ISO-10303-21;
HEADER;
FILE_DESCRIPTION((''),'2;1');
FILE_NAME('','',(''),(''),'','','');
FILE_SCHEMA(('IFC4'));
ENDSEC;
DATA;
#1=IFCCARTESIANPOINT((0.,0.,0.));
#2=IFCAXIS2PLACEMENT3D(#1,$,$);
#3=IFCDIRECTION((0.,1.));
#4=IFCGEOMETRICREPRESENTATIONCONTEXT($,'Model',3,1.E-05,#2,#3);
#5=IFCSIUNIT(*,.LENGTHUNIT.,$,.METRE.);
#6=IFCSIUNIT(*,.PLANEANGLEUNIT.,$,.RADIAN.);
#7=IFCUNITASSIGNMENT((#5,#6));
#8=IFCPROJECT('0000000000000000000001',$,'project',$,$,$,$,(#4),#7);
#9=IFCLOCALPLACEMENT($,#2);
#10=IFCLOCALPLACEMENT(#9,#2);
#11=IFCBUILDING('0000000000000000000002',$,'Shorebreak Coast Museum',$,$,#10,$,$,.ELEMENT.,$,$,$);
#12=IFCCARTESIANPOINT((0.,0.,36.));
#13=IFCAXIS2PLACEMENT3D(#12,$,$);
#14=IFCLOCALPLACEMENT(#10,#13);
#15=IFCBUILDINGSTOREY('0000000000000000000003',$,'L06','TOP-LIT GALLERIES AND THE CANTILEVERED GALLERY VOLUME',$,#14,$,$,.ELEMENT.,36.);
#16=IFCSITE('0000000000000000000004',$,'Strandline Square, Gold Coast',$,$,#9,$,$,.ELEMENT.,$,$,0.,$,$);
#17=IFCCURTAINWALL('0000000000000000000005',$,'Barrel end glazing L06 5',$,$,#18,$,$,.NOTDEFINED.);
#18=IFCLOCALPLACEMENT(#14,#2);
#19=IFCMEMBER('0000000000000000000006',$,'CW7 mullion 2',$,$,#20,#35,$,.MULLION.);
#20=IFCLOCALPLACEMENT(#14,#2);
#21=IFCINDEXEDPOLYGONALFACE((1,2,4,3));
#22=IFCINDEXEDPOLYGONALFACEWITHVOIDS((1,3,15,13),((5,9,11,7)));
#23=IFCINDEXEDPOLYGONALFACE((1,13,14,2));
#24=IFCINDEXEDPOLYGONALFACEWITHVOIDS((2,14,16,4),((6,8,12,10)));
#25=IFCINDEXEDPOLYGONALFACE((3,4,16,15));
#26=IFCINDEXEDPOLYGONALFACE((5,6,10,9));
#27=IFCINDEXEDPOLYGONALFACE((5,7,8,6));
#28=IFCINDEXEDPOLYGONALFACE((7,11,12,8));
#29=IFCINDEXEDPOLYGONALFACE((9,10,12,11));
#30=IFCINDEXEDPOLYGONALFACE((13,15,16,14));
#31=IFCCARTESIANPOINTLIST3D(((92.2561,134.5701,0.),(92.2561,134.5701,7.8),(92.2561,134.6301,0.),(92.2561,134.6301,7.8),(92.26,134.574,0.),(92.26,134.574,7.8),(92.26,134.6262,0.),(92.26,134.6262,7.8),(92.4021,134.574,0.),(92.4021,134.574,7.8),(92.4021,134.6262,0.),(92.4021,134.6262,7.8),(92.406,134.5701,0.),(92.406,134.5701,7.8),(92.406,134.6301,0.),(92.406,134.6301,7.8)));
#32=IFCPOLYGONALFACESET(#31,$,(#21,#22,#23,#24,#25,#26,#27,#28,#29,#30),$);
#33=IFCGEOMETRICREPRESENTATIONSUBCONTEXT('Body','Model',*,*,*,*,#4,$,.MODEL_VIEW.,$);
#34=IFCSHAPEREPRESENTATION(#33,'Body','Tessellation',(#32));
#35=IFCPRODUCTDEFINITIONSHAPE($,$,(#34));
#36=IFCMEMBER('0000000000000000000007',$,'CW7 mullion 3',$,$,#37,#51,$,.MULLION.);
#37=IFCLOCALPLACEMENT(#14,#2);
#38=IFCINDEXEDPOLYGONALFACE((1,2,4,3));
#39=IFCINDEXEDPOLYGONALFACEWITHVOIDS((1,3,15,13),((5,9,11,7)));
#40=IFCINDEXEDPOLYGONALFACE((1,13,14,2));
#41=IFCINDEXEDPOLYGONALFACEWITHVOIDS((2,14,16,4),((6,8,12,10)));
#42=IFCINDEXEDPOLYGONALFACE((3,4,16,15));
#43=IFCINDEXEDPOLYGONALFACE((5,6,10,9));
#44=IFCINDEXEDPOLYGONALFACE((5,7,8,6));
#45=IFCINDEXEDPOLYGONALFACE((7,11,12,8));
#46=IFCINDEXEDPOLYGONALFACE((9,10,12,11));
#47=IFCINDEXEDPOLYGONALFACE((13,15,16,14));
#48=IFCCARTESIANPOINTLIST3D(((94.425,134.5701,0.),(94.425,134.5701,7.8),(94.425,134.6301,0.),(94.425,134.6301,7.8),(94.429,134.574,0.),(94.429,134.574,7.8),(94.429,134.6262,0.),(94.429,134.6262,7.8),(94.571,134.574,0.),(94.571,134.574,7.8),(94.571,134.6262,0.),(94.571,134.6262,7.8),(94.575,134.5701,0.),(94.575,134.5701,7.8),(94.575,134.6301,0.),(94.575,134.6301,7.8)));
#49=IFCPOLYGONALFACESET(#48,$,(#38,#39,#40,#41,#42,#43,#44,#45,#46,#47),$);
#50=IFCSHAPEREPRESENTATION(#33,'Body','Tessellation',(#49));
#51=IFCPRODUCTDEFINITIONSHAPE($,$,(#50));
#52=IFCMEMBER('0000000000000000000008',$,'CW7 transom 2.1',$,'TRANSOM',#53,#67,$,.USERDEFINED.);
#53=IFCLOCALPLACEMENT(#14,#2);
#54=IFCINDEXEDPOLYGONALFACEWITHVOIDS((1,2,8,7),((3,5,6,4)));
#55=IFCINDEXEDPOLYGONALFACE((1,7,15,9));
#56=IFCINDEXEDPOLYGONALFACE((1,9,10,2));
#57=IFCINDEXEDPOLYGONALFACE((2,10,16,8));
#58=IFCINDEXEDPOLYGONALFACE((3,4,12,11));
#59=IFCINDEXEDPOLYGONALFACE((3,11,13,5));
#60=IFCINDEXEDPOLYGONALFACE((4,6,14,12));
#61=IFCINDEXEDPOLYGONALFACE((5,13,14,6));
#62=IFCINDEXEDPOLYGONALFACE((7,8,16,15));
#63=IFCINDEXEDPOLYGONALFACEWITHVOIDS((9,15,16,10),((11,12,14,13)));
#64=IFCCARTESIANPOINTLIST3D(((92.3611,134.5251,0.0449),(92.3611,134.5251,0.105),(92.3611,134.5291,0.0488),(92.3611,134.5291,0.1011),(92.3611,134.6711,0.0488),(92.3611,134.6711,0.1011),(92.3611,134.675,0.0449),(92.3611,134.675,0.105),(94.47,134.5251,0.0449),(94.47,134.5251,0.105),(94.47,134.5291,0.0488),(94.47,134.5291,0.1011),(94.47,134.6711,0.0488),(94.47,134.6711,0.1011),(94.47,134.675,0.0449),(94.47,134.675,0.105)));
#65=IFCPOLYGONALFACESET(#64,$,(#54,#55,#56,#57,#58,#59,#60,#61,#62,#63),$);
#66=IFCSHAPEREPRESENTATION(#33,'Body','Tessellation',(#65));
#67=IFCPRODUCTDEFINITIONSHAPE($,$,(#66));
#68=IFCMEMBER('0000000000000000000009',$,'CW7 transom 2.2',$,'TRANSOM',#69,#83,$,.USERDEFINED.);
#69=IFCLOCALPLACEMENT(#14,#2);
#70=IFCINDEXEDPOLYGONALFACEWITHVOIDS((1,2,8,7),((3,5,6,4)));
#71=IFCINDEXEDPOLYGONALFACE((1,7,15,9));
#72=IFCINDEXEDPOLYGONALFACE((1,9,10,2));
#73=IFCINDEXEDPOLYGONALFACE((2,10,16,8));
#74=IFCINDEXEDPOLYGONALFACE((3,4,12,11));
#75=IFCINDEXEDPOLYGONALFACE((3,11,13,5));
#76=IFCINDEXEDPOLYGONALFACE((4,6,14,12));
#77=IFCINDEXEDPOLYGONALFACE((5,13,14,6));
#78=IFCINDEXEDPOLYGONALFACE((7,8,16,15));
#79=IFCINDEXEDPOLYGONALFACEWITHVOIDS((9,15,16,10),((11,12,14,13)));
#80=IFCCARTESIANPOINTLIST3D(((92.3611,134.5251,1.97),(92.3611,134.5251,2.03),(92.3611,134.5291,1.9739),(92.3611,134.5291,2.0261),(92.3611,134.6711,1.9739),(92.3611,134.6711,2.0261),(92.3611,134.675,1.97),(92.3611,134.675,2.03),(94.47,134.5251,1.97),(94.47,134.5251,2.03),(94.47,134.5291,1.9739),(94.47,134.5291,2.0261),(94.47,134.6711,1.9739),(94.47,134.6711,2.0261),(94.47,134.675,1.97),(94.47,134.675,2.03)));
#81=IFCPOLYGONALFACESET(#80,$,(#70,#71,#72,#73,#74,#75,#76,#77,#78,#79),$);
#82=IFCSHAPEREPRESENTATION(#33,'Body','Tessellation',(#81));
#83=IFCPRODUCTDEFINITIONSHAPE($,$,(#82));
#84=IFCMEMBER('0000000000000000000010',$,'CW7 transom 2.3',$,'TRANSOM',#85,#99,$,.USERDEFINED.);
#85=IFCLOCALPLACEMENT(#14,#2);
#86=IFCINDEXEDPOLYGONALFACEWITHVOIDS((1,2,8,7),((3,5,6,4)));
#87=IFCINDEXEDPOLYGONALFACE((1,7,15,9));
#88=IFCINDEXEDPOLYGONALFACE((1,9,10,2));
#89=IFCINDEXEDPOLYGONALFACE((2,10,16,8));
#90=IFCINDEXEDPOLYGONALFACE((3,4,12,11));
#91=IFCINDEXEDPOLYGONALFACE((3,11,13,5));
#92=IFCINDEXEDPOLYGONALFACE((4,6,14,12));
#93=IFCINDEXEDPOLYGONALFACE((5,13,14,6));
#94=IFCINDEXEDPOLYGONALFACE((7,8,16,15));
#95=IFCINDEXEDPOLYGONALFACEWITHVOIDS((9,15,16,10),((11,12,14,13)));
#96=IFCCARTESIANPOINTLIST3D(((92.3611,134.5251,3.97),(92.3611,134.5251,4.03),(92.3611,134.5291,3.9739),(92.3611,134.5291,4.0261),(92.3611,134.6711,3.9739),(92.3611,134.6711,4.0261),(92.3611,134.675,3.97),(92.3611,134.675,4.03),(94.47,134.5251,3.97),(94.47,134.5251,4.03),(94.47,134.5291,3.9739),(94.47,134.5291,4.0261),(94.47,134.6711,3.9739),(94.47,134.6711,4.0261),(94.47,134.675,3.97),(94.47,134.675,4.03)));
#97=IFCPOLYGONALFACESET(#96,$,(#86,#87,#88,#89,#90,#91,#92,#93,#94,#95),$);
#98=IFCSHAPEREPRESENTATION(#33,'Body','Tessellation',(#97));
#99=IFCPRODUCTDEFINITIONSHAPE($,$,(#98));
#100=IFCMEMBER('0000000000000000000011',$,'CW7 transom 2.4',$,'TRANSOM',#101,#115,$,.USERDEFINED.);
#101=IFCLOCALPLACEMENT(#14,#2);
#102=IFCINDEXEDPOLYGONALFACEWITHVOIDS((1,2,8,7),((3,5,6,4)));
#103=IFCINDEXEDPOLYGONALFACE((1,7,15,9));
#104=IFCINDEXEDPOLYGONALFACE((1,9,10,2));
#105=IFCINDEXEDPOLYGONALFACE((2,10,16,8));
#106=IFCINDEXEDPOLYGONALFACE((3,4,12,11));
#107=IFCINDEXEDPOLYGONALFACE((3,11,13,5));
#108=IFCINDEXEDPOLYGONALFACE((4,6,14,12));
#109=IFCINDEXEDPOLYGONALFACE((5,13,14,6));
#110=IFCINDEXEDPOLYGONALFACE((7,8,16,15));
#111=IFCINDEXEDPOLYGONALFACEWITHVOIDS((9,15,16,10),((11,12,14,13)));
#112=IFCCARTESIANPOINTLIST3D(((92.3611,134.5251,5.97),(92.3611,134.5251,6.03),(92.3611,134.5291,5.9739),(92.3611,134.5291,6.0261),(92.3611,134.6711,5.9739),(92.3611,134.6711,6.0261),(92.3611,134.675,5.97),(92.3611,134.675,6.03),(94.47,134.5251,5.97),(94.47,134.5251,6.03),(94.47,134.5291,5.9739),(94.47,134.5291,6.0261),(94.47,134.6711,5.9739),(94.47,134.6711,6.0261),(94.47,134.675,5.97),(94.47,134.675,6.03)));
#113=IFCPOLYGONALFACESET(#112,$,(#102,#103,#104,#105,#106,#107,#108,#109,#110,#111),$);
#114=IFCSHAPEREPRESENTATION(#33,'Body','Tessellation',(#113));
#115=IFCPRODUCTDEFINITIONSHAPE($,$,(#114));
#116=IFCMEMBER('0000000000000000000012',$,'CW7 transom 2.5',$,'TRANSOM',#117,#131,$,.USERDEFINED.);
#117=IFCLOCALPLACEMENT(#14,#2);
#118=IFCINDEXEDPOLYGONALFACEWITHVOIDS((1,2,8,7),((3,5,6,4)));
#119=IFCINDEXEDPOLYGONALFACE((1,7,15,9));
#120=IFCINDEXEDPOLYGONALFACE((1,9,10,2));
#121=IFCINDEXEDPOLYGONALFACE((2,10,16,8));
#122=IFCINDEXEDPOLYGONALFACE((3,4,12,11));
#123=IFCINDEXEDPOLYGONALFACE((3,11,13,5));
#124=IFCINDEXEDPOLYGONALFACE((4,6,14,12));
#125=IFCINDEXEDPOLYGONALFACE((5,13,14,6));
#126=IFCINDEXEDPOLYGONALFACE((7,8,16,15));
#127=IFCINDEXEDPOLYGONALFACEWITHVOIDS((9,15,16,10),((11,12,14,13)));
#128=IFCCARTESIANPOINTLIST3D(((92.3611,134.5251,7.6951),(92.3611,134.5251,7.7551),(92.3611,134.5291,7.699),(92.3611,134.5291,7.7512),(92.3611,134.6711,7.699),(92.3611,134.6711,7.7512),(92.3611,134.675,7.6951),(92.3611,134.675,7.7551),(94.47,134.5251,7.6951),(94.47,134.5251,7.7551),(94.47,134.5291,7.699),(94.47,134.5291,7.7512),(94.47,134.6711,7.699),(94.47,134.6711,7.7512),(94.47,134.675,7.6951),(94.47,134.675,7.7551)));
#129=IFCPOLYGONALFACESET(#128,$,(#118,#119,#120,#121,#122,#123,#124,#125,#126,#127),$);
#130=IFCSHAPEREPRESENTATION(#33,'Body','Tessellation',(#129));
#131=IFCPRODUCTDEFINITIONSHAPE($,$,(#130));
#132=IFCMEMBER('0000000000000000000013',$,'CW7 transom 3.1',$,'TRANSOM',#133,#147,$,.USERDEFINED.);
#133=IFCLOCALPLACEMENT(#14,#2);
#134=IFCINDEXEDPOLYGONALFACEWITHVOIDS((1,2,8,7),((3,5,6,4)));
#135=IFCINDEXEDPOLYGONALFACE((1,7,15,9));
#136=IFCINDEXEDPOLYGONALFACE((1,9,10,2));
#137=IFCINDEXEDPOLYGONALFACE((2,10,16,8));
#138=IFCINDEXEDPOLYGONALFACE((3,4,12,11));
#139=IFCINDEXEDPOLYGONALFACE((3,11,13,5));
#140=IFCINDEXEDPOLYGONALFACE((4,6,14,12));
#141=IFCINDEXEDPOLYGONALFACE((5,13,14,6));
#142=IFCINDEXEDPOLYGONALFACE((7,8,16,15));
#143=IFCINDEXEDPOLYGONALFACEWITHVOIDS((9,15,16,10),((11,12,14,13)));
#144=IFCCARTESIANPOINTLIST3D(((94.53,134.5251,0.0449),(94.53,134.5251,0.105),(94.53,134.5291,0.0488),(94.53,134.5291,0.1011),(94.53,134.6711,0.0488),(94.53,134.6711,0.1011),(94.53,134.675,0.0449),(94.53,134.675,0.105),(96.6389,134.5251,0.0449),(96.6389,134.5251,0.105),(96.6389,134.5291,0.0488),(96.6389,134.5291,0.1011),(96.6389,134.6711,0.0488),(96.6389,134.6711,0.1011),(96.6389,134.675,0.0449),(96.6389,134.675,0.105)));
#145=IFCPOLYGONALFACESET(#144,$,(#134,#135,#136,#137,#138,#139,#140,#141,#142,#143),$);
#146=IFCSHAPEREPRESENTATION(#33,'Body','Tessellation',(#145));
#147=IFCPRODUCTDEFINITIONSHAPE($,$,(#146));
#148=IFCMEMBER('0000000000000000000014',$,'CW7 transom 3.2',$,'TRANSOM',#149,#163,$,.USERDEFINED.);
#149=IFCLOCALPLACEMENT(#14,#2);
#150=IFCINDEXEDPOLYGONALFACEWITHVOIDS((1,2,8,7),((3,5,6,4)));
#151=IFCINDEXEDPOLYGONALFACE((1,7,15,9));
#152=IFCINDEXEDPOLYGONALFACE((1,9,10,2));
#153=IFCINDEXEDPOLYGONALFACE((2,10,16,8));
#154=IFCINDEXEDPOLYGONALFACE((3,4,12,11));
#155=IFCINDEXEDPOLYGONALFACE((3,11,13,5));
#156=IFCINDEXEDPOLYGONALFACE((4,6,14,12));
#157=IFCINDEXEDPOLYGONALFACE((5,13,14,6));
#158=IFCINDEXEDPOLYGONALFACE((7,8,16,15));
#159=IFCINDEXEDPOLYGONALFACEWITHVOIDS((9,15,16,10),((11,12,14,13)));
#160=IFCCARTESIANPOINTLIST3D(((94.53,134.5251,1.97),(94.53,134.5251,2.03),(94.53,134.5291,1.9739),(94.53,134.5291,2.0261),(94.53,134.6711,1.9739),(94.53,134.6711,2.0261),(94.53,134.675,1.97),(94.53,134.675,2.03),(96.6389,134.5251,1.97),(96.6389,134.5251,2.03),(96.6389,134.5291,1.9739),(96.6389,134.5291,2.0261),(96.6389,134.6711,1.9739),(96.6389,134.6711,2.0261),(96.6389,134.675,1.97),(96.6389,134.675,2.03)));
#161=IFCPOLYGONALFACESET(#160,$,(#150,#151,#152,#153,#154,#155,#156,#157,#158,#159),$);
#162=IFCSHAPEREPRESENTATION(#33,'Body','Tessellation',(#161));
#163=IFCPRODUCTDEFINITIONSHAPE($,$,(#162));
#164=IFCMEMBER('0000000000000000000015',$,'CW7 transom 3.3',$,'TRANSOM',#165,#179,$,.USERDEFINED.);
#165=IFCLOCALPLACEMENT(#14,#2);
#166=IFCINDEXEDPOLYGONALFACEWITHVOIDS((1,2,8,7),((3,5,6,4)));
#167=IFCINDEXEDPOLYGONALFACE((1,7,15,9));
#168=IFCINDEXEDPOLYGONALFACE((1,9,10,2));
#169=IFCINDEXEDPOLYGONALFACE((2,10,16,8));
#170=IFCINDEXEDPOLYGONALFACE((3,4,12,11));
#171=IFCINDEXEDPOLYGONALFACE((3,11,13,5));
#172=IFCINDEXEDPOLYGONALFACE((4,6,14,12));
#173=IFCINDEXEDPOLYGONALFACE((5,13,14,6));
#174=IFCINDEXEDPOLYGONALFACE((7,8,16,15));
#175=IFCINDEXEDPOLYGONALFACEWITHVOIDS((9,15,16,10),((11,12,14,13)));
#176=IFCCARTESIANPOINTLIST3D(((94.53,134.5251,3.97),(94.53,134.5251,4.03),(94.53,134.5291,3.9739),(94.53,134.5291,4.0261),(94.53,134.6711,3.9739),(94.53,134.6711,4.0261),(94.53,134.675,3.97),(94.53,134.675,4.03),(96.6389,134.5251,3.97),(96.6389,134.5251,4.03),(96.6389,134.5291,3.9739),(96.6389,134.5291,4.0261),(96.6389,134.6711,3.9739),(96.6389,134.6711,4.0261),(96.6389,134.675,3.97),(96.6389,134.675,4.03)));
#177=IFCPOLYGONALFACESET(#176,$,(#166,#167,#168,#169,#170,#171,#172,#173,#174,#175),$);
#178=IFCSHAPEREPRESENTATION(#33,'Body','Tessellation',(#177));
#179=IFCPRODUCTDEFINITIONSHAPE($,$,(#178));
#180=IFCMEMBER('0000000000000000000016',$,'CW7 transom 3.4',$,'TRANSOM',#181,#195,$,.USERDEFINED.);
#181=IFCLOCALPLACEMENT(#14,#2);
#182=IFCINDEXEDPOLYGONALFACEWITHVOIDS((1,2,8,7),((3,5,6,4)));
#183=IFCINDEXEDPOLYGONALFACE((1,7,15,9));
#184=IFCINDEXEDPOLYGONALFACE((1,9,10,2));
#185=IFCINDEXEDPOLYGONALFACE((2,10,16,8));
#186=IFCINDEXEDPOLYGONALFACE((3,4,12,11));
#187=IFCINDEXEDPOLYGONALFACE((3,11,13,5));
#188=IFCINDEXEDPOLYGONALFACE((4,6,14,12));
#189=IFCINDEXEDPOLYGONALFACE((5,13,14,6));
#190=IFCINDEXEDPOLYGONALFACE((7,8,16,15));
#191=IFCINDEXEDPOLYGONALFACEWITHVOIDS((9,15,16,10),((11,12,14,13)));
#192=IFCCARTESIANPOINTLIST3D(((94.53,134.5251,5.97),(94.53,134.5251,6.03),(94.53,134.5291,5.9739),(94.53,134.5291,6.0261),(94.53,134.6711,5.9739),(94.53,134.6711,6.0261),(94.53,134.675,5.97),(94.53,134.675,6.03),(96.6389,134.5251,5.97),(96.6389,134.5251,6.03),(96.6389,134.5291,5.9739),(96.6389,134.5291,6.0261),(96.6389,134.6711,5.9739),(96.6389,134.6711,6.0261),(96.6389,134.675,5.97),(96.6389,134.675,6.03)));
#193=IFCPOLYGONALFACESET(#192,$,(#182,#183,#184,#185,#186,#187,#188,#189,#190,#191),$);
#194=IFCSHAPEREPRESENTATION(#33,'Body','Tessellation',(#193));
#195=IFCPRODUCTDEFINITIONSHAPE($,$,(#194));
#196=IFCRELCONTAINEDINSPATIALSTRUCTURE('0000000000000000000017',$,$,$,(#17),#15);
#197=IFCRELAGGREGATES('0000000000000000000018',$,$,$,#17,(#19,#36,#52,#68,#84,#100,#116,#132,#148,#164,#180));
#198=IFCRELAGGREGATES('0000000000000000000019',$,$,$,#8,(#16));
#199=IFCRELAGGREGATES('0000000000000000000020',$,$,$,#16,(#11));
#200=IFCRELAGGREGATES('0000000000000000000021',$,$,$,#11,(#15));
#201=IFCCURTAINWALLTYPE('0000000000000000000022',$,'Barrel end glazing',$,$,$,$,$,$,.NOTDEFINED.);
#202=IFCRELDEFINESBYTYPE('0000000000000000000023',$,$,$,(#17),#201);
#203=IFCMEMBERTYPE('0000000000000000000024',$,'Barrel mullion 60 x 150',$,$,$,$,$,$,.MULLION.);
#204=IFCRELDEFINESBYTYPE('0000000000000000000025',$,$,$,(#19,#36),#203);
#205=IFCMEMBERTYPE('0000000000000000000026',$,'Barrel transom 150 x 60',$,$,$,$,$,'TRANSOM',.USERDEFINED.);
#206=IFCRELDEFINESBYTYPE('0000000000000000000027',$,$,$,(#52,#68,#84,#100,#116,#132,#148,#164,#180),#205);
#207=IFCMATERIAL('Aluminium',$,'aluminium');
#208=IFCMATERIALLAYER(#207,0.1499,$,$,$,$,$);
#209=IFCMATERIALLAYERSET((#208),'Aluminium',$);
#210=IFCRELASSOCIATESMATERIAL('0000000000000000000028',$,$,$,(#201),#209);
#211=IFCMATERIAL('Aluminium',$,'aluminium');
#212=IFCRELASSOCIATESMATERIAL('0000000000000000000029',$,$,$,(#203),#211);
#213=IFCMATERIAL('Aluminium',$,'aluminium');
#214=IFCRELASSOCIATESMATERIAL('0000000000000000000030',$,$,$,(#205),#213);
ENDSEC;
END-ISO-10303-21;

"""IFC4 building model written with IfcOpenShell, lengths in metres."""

from ifc_helpers import new_model, si_unit, direction, frame, origin, origin_2d, place, context, subcontext, project, spatial, hollow_rectangle, extrude, material, layer, layer_set, material_profile, profile_set, type_object, element, aggregate, save


model = new_model("IFC4")

# Units and contexts
model_context = context("Model", 3, precision=1e-05, world=origin(), true_north=direction((0.0, 1.0)))
body_context = subcontext(model_context, "Body", "Model", "MODEL_VIEW")
ifc_project = project(units=[si_unit("LENGTHUNIT", "METRE"), si_unit("PLANEANGLEUNIT", "RADIAN")], contexts=[model_context])

# Site, building, storey
site_placement = place(None, origin())
site = spatial("IfcSite", under=ifc_project, at=site_placement, Name="Strandline Square, Gold Coast", CompositionType="ELEMENT", RefElevation=0.0)
building_placement = place(site_placement, origin())
building = spatial("IfcBuilding", under=site, at=building_placement, Name="Shorebreak Coast Museum", CompositionType="ELEMENT")
storey_placement = place(building_placement, frame((0.0, 0.0, 36.0)))
storey = spatial("IfcBuildingStorey", under=building, at=storey_placement, Name="L06", Description="TOP-LIT GALLERIES AND THE CANTILEVERED GALLERY VOLUME", CompositionType="ELEMENT", Elevation=36.0)

# Curtain wall, members
ifc_material_1 = material(Name="Aluminium", Category="aluminium")
ifc_layer_1 = layer(ifc_material_1, 0.1499)
ifc_layer_set_1 = layer_set([ifc_layer_1], Name="Aluminium")
curtain_wall_type_1 = type_object("IfcCurtainWallType", Name="Barrel end glazing", PredefinedType="NOTDEFINED", material=ifc_layer_set_1)
curtain_wall_1_placement = place(storey_placement, origin())
curtain_wall_1 = element("IfcCurtainWall", 1, at=curtain_wall_1_placement, inside=storey, type_object=curtain_wall_type_1, Name="Barrel end glazing L06 5", PredefinedType="NOTDEFINED")
ifc_material_2 = material(Name="Aluminium", Category="aluminium")
ifc_material_profile_1 = material_profile(ifc_material_2, hollow_rectangle(XDim=0.0601, YDim=0.1499, WallThickness=0.0039, at=origin_2d()), Name="AL 150x60 RHS")
ifc_profile_set_1 = profile_set([ifc_material_profile_1], Name="Aluminium")
member_type_1 = type_object("IfcMemberType", Name="Barrel mullion 60 x 150", PredefinedType="MULLION", material=ifc_profile_set_1)
member_1_placement = place(storey_placement, frame((92.3311, 134.6001, 0.0), z_axis=(0.0, 0.0, 1.0), x_axis=(0.0, 1.0, 0.0)))
member_1 = element("IfcMember", 2, at=member_1_placement, type_object=member_type_1, Name="CW7 mullion 2", PredefinedType="MULLION", context=body_context, shape_type="SweptSolid", body=[
    extrude(hollow_rectangle(XDim=0.0601, YDim=0.1499, WallThickness=0.0039, at=origin_2d()), origin(), (0.0, 0.0, 1.0), 7.8),
])
member_2_placement = place(storey_placement, frame((94.5, 134.6001, 0.0), z_axis=(0.0, 0.0, 1.0), x_axis=(0.0, 1.0, 0.0)))
member_2 = element("IfcMember", 3, at=member_2_placement, type_object=member_type_1, Name="CW7 mullion 3", PredefinedType="MULLION", context=body_context, shape_type="SweptSolid", body=[
    extrude(hollow_rectangle(XDim=0.0601, YDim=0.1499, WallThickness=0.0039, at=origin_2d()), origin(), (0.0, 0.0, 1.0), 7.8),
])
ifc_material_3 = material(Name="Aluminium", Category="aluminium")
ifc_material_profile_2 = material_profile(ifc_material_3, hollow_rectangle(XDim=0.1499, YDim=0.0601, WallThickness=0.0039, at=origin_2d()), Name="AL 60x150 RHS")
ifc_profile_set_2 = profile_set([ifc_material_profile_2], Name="Aluminium")
member_type_2 = type_object("IfcMemberType", Name="Barrel transom 150 x 60", ElementType="TRANSOM", PredefinedType="USERDEFINED", material=ifc_profile_set_2)
member_3_placement = place(storey_placement, frame((92.3611, 134.6001, 0.075), z_axis=(1.0, 0.0, 0.0), x_axis=(0.0, 1.0, 0.0)))
member_3 = element("IfcMember", 4, at=member_3_placement, type_object=member_type_2, Name="CW7 transom 2.1", ObjectType="TRANSOM", PredefinedType="USERDEFINED", context=body_context, shape_type="SweptSolid", body=[
    extrude(hollow_rectangle(XDim=0.1499, YDim=0.0601, WallThickness=0.0039, at=origin_2d()), origin(), (0.0, 0.0, 1.0), 2.1089),
])
member_4_placement = place(storey_placement, frame((92.3611, 134.6001, 2.0), z_axis=(1.0, 0.0, 0.0), x_axis=(0.0, 1.0, 0.0)))
member_4 = element("IfcMember", 5, at=member_4_placement, type_object=member_type_2, Name="CW7 transom 2.2", ObjectType="TRANSOM", PredefinedType="USERDEFINED", context=body_context, shape_type="SweptSolid", body=[
    extrude(hollow_rectangle(XDim=0.1499, YDim=0.0601, WallThickness=0.0039, at=origin_2d()), origin(), (0.0, 0.0, 1.0), 2.1089),
])
member_5_placement = place(storey_placement, frame((92.3611, 134.6001, 4.0), z_axis=(1.0, 0.0, 0.0), x_axis=(0.0, 1.0, 0.0)))
member_5 = element("IfcMember", 6, at=member_5_placement, type_object=member_type_2, Name="CW7 transom 2.3", ObjectType="TRANSOM", PredefinedType="USERDEFINED", context=body_context, shape_type="SweptSolid", body=[
    extrude(hollow_rectangle(XDim=0.1499, YDim=0.0601, WallThickness=0.0039, at=origin_2d()), origin(), (0.0, 0.0, 1.0), 2.1089),
])
member_6_placement = place(storey_placement, frame((92.3611, 134.6001, 6.0), z_axis=(1.0, 0.0, 0.0), x_axis=(0.0, 1.0, 0.0)))
member_6 = element("IfcMember", 7, at=member_6_placement, type_object=member_type_2, Name="CW7 transom 2.4", ObjectType="TRANSOM", PredefinedType="USERDEFINED", context=body_context, shape_type="SweptSolid", body=[
    extrude(hollow_rectangle(XDim=0.1499, YDim=0.0601, WallThickness=0.0039, at=origin_2d()), origin(), (0.0, 0.0, 1.0), 2.1089),
])
member_7_placement = place(storey_placement, frame((92.3611, 134.6001, 7.7251), z_axis=(1.0, 0.0, 0.0), x_axis=(0.0, 1.0, 0.0)))
member_7 = element("IfcMember", 8, at=member_7_placement, type_object=member_type_2, Name="CW7 transom 2.5", ObjectType="TRANSOM", PredefinedType="USERDEFINED", context=body_context, shape_type="SweptSolid", body=[
    extrude(hollow_rectangle(XDim=0.1499, YDim=0.0601, WallThickness=0.0039, at=origin_2d()), origin(), (0.0, 0.0, 1.0), 2.1089),
])
member_8_placement = place(storey_placement, frame((94.53, 134.6001, 0.075), z_axis=(1.0, 0.0, 0.0), x_axis=(0.0, 1.0, 0.0)))
member_8 = element("IfcMember", 9, at=member_8_placement, type_object=member_type_2, Name="CW7 transom 3.1", ObjectType="TRANSOM", PredefinedType="USERDEFINED", context=body_context, shape_type="SweptSolid", body=[
    extrude(hollow_rectangle(XDim=0.1499, YDim=0.0601, WallThickness=0.0039, at=origin_2d()), origin(), (0.0, 0.0, 1.0), 2.1089),
])
member_9_placement = place(storey_placement, frame((94.53, 134.6001, 2.0), z_axis=(1.0, 0.0, 0.0), x_axis=(0.0, 1.0, 0.0)))
member_9 = element("IfcMember", 10, at=member_9_placement, type_object=member_type_2, Name="CW7 transom 3.2", ObjectType="TRANSOM", PredefinedType="USERDEFINED", context=body_context, shape_type="SweptSolid", body=[
    extrude(hollow_rectangle(XDim=0.1499, YDim=0.0601, WallThickness=0.0039, at=origin_2d()), origin(), (0.0, 0.0, 1.0), 2.1089),
])
member_10_placement = place(storey_placement, frame((94.53, 134.6001, 4.0), z_axis=(1.0, 0.0, 0.0), x_axis=(0.0, 1.0, 0.0)))
member_10 = element("IfcMember", 11, at=member_10_placement, type_object=member_type_2, Name="CW7 transom 3.3", ObjectType="TRANSOM", PredefinedType="USERDEFINED", context=body_context, shape_type="SweptSolid", body=[
    extrude(hollow_rectangle(XDim=0.1499, YDim=0.0601, WallThickness=0.0039, at=origin_2d()), origin(), (0.0, 0.0, 1.0), 2.1089),
])
member_11_placement = place(storey_placement, frame((94.53, 134.6001, 6.0), z_axis=(1.0, 0.0, 0.0), x_axis=(0.0, 1.0, 0.0)))
member_11 = element("IfcMember", 12, at=member_11_placement, type_object=member_type_2, Name="CW7 transom 3.4", ObjectType="TRANSOM", PredefinedType="USERDEFINED", context=body_context, shape_type="SweptSolid", body=[
    extrude(hollow_rectangle(XDim=0.1499, YDim=0.0601, WallThickness=0.0039, at=origin_2d()), origin(), (0.0, 0.0, 1.0), 2.1089),
])

aggregate(curtain_wall_1, [member_1, member_2, member_3, member_4, member_5, member_6, member_7, member_8, member_9, member_10, member_11])

save(model, "model.ifc")
